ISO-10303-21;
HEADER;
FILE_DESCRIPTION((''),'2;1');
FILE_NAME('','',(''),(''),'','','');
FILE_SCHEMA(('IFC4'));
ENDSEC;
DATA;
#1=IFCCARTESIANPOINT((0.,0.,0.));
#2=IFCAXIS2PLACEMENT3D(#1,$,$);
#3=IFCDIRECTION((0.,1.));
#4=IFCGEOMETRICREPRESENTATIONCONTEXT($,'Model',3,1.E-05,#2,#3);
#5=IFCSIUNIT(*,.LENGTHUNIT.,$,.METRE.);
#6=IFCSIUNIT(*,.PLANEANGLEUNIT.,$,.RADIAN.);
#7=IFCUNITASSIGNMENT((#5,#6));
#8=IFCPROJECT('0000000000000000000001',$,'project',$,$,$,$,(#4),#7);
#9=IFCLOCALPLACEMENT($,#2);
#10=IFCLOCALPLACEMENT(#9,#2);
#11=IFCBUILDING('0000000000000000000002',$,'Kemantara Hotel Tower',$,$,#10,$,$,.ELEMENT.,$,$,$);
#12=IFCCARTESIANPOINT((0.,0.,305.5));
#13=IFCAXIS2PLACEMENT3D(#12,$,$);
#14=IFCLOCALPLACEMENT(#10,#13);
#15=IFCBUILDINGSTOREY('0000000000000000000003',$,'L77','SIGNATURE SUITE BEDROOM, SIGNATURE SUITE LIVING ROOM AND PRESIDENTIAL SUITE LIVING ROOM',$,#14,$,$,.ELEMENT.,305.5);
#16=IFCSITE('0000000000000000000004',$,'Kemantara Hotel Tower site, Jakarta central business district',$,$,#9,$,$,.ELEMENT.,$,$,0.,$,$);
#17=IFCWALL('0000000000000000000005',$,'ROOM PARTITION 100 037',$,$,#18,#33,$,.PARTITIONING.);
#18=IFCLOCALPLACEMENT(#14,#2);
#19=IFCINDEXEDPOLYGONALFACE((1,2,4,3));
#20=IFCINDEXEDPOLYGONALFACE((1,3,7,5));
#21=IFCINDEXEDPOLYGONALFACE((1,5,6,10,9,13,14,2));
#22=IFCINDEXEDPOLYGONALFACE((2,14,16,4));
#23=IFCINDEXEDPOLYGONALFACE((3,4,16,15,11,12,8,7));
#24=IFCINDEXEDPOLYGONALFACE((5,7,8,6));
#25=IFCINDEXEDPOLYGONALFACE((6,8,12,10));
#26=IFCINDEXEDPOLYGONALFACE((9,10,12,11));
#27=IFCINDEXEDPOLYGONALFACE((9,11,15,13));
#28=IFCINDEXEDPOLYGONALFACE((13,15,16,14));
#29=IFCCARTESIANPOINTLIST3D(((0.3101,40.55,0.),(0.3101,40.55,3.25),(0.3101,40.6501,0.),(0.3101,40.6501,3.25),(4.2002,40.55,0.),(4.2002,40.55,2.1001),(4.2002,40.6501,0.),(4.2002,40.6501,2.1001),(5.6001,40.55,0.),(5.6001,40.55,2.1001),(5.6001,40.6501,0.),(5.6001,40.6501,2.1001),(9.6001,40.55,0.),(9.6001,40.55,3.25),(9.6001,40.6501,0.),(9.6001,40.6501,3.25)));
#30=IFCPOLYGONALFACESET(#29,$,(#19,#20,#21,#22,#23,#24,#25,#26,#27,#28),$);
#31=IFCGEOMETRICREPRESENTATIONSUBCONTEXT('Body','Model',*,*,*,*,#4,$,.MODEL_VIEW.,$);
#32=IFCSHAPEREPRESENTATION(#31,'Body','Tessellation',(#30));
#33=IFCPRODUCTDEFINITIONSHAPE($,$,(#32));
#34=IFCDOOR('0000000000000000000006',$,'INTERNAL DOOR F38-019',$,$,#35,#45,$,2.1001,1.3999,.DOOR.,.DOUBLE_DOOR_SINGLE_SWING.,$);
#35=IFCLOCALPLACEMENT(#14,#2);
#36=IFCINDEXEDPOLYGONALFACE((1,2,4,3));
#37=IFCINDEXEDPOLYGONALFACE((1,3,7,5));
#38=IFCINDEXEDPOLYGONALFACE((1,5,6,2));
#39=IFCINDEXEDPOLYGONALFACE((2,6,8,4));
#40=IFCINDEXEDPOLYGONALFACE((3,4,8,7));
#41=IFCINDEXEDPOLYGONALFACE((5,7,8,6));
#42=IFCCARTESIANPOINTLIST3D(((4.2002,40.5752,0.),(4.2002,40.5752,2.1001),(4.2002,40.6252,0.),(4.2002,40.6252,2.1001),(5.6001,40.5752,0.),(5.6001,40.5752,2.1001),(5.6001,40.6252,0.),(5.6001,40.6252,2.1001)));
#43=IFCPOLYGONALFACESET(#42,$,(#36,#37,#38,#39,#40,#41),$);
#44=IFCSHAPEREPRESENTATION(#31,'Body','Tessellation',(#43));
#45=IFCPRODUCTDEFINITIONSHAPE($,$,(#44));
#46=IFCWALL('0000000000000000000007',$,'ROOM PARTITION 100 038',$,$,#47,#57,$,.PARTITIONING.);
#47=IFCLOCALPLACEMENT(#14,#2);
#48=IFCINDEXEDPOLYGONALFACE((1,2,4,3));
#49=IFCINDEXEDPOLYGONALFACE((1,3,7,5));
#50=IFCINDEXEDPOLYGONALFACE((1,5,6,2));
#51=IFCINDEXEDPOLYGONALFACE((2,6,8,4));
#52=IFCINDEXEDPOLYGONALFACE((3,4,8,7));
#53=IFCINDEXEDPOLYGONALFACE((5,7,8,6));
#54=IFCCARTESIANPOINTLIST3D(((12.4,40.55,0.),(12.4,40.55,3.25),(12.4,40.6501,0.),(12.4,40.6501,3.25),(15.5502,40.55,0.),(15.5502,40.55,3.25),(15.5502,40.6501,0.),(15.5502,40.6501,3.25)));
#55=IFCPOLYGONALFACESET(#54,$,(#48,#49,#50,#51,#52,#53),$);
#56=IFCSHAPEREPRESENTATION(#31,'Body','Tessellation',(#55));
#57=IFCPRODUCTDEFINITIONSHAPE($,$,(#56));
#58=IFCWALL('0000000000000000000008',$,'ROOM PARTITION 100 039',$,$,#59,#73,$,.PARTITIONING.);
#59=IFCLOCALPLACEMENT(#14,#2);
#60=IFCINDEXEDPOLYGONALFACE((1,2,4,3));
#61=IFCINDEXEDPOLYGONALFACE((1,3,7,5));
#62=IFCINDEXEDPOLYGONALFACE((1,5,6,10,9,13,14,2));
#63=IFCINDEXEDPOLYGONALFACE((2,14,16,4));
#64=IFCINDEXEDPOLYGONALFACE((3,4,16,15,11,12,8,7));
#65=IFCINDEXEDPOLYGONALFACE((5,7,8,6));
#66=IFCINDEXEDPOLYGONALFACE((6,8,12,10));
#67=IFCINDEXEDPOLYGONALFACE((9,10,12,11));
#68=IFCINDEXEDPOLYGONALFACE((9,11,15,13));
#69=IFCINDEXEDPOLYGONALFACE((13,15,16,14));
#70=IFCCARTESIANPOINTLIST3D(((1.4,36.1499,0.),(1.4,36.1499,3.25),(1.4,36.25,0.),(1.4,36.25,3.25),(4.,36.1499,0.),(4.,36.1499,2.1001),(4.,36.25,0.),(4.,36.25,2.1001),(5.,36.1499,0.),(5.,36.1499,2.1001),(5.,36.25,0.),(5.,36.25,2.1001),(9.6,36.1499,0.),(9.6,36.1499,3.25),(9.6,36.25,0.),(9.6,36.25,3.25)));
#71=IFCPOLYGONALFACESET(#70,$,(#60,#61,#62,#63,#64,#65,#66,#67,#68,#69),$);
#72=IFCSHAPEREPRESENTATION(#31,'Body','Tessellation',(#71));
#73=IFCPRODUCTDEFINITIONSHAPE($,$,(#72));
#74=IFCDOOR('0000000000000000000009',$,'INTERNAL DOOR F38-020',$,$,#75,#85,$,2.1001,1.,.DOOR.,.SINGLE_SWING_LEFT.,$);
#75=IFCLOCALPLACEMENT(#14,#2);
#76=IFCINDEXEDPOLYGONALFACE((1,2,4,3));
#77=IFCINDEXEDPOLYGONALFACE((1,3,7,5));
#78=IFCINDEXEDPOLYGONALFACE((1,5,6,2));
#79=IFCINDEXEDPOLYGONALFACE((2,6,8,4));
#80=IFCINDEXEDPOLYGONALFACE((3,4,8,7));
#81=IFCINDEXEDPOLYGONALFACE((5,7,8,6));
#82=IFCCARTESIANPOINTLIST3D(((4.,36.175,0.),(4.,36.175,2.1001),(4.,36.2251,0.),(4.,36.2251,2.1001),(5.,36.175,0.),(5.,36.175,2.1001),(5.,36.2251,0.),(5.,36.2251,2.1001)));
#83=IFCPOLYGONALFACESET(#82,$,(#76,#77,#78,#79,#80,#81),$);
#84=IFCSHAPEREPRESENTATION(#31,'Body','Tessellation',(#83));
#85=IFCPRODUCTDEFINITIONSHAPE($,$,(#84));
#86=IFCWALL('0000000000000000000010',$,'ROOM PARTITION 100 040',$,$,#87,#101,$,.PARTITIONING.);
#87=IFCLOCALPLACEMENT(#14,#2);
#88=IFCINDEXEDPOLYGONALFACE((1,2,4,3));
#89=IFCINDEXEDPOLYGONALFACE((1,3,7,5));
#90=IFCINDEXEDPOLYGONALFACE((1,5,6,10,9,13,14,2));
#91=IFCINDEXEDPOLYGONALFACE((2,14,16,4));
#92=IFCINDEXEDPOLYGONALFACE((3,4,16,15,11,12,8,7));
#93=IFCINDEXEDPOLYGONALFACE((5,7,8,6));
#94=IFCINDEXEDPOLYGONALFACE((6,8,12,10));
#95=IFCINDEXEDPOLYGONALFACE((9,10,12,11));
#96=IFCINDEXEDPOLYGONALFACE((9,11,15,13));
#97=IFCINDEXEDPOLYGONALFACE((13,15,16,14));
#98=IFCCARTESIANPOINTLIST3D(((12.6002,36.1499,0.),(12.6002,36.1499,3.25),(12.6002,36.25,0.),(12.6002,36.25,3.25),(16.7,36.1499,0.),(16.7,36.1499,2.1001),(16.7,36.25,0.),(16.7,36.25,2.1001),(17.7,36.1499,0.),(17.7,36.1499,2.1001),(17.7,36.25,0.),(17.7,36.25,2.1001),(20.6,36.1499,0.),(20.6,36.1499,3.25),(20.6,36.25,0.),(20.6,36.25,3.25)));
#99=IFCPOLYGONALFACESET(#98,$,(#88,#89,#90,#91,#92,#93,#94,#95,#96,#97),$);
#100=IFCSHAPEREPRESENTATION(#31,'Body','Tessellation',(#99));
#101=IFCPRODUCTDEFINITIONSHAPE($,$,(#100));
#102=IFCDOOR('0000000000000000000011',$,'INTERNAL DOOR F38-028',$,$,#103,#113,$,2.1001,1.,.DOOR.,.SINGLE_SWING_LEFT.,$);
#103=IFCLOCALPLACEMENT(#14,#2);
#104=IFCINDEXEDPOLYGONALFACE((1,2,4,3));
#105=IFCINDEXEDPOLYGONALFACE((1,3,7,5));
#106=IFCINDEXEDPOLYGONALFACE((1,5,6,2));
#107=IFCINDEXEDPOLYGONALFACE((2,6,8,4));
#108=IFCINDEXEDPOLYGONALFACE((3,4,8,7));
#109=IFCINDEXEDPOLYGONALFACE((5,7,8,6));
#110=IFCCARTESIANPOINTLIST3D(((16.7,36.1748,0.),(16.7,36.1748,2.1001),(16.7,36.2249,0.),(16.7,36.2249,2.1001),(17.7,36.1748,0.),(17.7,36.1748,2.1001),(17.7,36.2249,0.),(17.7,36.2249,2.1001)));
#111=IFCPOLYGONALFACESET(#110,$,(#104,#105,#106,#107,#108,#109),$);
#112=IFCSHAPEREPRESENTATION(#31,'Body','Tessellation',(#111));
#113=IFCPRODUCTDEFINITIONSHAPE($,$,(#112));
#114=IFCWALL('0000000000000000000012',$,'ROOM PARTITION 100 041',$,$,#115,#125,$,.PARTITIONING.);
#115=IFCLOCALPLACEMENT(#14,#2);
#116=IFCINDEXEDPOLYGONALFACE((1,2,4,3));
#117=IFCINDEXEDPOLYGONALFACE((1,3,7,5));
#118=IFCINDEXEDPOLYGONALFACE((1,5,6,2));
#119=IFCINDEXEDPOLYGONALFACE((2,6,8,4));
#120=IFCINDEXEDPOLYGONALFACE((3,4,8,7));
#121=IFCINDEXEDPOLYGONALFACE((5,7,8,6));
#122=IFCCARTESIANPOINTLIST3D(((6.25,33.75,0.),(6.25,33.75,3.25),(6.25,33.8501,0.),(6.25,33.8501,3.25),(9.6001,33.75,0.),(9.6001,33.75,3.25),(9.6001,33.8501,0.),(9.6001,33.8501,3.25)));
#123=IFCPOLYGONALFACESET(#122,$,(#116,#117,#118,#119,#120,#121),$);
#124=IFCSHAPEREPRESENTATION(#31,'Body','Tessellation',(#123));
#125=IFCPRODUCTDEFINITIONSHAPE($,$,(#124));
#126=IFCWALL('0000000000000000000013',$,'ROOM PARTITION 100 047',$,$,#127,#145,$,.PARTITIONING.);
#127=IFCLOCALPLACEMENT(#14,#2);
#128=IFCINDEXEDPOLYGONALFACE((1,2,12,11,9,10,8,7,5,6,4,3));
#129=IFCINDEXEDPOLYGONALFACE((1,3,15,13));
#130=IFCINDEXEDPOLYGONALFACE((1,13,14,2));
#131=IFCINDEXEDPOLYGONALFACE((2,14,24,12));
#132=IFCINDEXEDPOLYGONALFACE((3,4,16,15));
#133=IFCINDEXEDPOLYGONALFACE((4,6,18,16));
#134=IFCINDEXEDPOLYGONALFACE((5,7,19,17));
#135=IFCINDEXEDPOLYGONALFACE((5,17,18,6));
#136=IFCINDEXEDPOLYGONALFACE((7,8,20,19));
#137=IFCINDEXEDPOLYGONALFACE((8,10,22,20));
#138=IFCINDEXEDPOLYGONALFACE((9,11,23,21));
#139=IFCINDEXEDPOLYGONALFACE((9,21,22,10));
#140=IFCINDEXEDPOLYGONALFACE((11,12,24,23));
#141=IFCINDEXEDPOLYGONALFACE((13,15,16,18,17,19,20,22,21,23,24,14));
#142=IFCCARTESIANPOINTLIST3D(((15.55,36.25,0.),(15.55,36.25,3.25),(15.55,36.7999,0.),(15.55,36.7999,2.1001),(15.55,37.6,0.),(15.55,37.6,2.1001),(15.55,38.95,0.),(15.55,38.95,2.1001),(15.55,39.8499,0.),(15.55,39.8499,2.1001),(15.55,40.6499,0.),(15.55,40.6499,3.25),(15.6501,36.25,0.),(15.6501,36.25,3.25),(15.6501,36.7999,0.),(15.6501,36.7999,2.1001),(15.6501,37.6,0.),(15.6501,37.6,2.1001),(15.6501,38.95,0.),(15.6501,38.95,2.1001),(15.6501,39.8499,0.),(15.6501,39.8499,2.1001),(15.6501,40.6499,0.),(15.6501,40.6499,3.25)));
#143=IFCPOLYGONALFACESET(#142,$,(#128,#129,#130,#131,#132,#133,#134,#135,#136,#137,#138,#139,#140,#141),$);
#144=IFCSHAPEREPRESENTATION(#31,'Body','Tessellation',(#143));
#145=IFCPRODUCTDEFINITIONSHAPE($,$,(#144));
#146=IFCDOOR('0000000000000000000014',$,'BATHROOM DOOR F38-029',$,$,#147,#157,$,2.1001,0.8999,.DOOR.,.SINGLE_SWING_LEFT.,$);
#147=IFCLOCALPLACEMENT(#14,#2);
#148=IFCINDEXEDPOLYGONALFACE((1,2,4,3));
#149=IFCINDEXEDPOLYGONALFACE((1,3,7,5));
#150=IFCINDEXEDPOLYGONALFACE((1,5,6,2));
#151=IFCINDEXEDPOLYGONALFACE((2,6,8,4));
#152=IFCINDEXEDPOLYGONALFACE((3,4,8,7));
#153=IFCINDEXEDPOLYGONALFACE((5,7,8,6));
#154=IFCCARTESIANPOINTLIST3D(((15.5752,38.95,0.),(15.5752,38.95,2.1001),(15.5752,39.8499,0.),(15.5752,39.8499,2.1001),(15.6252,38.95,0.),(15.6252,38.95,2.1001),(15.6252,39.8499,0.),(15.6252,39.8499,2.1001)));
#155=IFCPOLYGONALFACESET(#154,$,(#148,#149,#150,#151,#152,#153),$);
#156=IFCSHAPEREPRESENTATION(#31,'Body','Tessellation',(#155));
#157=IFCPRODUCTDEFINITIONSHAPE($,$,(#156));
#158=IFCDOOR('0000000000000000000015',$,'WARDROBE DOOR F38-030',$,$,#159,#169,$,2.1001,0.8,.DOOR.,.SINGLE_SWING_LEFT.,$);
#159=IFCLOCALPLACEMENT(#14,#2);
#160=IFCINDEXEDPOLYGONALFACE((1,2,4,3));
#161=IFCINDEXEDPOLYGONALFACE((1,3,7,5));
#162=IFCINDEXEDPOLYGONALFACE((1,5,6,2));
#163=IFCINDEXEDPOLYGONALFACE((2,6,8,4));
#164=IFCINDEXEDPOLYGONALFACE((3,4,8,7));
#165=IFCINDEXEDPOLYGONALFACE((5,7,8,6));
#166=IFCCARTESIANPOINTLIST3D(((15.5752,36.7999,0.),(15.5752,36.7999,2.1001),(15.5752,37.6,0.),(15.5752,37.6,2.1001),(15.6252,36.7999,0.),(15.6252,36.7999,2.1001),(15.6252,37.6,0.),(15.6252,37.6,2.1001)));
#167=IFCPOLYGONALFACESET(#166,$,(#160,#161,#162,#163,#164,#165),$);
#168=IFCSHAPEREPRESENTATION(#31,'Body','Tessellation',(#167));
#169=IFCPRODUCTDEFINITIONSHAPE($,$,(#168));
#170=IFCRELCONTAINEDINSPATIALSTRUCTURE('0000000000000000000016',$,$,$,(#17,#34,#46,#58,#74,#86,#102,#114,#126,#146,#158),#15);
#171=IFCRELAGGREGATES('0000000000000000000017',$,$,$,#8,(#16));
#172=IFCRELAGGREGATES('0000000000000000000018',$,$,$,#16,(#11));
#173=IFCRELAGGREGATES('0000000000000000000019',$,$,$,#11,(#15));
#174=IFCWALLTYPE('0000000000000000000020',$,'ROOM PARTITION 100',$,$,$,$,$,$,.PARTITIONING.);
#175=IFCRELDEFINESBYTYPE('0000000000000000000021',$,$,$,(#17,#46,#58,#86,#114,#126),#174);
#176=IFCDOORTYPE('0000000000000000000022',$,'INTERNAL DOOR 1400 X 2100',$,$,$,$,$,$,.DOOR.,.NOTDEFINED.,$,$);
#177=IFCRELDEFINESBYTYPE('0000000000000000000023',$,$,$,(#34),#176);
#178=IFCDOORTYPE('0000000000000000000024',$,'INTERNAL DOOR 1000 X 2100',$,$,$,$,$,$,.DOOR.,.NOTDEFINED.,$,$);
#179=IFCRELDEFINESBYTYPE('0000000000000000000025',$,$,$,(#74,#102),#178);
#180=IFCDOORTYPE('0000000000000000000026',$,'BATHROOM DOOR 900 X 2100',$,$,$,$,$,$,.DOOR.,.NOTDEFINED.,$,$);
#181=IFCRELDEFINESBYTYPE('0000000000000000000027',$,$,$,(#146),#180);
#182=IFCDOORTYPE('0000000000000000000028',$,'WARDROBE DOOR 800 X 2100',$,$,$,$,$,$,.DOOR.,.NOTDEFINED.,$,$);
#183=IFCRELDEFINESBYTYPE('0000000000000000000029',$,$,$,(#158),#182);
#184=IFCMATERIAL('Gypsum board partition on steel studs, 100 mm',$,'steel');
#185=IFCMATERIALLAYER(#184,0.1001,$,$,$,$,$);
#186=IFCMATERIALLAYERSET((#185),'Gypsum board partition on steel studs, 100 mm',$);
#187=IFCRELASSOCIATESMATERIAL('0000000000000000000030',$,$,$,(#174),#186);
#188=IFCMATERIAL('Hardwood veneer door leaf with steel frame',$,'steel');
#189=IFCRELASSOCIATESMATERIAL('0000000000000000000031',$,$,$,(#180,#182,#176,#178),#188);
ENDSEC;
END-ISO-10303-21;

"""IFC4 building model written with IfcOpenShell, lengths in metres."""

from ifc_helpers import new_model, si_unit, direction, frame, frame_2d, origin, place, context, subcontext, project, spatial, rectangle, extrude, material, layer, layer_set, type_object, element, fill, save


model = new_model("IFC4")

# Units and contexts
model_context = context("Model", 3, precision=1e-05, world=origin(), true_north=direction((0.0, 1.0)))
body_context = subcontext(model_context, "Body", "Model", "MODEL_VIEW")
ifc_project = project(units=[si_unit("LENGTHUNIT", "METRE"), si_unit("PLANEANGLEUNIT", "RADIAN")], contexts=[model_context])

# Site, building, storey
site_placement = place(None, origin())
site = spatial("IfcSite", under=ifc_project, at=site_placement, Name="Kemantara Hotel Tower site, Jakarta central business district", CompositionType="ELEMENT", RefElevation=0.0)
building_placement = place(site_placement, origin())
building = spatial("IfcBuilding", under=site, at=building_placement, Name="Kemantara Hotel Tower", CompositionType="ELEMENT")
storey_placement = place(building_placement, frame((0.0, 0.0, 305.5)))
storey = spatial("IfcBuildingStorey", under=building, at=storey_placement, Name="L77", Description="SIGNATURE SUITE BEDROOM, SIGNATURE SUITE LIVING ROOM AND PRESIDENTIAL SUITE LIVING ROOM", CompositionType="ELEMENT", Elevation=305.5)

# Shared definitions
ifc_material_1 = material(Name="Hardwood veneer door leaf with steel frame", Category="steel")

# Shared definitions
ifc_material_2 = material(Name="Gypsum board partition on steel studs, 100 mm", Category="steel")
ifc_layer_1 = layer(ifc_material_2, 0.1001)
ifc_layer_set_1 = layer_set([ifc_layer_1], Name="Gypsum board partition on steel studs, 100 mm")
wall_type_1 = type_object("IfcWallType", Name="ROOM PARTITION 100", PredefinedType="PARTITIONING", material=ifc_layer_set_1)
door_type_1 = type_object("IfcDoorType", Name="BATHROOM DOOR 900 X 2100", OperationType="NOTDEFINED", PredefinedType="DOOR", material=ifc_material_1)
door_type_2 = type_object("IfcDoorType", Name="WARDROBE DOOR 800 X 2100", OperationType="NOTDEFINED", PredefinedType="DOOR", material=ifc_material_1)

# Wall, opening, door
wall_1_placement = place(storey_placement, frame((9.6001, 40.6001, 0.0), z_axis=(0.0, 0.0, 1.0), x_axis=(-1.0, 0.0, 0.0)))
wall_1 = element("IfcWall", 1, at=wall_1_placement, inside=storey, type_object=wall_type_1, Name="ROOM PARTITION 100 037", PredefinedType="PARTITIONING", context=body_context, shape_type="SweptSolid", body=[
    extrude(rectangle(XDim=9.29, YDim=0.1001, at=frame_2d((4.645, 0.0))), origin(), (0.0, 0.0, 1.0), 3.25),
])
opening_1_placement = place(wall_1_placement, frame((4.0, 0.0, 0.0)))
opening_1 = element("IfcOpeningElement", 2, at=opening_1_placement, cuts=wall_1, PredefinedType="OPENING", context=body_context, shape_type="SweptSolid", body=[
    extrude(rectangle(XDim=1.3999, YDim=2.1001, at=frame_2d((0.7, 1.05))), frame((0.0, 0.0601, 0.0), z_axis=(0.0, -1.0, 0.0), x_axis=(1.0, 0.0, 0.0)), (0.0, 0.0, 1.0), 0.1201),
])
door_type_3 = type_object("IfcDoorType", Name="INTERNAL DOOR 1400 X 2100", OperationType="NOTDEFINED", PredefinedType="DOOR", material=ifc_material_1)
door_1_placement = place(opening_1_placement, origin())
door_1 = element("IfcDoor", 3, at=door_1_placement, inside=storey, type_object=door_type_3, Name="INTERNAL DOOR F38-019", OperationType="DOUBLE_DOOR_SINGLE_SWING", OverallHeight=2.1001, OverallWidth=1.3999, PredefinedType="DOOR", context=body_context, shape_type="SweptSolid", body=[
    extrude(rectangle(XDim=1.3999, YDim=2.1001, at=frame_2d((0.7, 1.05))), frame((0.0, 0.0249, 0.0), z_axis=(0.0, -1.0, 0.0), x_axis=(1.0, 0.0, 0.0)), (0.0, 0.0, 1.0), 0.05),
])
fill(opening_1, door_1)

# Wall
wall_2_placement = place(storey_placement, frame((12.3999, 40.6001, 0.0), z_axis=(0.0, 0.0, 1.0), x_axis=(1.0, 0.0, 0.0)))
element("IfcWall", 4, at=wall_2_placement, inside=storey, type_object=wall_type_1, Name="ROOM PARTITION 100 038", PredefinedType="PARTITIONING", context=body_context, shape_type="SweptSolid", body=[
    extrude(rectangle(XDim=3.1501, YDim=0.1001, at=frame_2d((1.5752, 0.0))), origin(), (0.0, 0.0, 1.0), 3.25),
])

# Walls, openings, doors
wall_3_placement = place(storey_placement, frame((9.6001, 36.2, 0.0), z_axis=(0.0, 0.0, 1.0), x_axis=(-1.0, 0.0, 0.0)))
wall_3 = element("IfcWall", 5, at=wall_3_placement, inside=storey, type_object=wall_type_1, Name="ROOM PARTITION 100 039", PredefinedType="PARTITIONING", context=body_context, shape_type="SweptSolid", body=[
    extrude(rectangle(XDim=8.2, YDim=0.1001, at=frame_2d((4.1001, 0.0))), origin(), (0.0, 0.0, 1.0), 3.25),
])
opening_2_placement = place(wall_3_placement, frame((4.6001, 0.0, 0.0)))
opening_2 = element("IfcOpeningElement", 6, at=opening_2_placement, cuts=wall_3, PredefinedType="OPENING", context=body_context, shape_type="SweptSolid", body=[
    extrude(rectangle(XDim=1.0, YDim=2.1001, at=frame_2d((0.5, 1.05))), frame((0.0, 0.0601, 0.0), z_axis=(0.0, -1.0, 0.0), x_axis=(1.0, 0.0, 0.0)), (0.0, 0.0, 1.0), 0.1201),
])
door_type_4 = type_object("IfcDoorType", Name="INTERNAL DOOR 1000 X 2100", OperationType="NOTDEFINED", PredefinedType="DOOR", material=ifc_material_1)
door_2_placement = place(opening_2_placement, origin())
door_2 = element("IfcDoor", 7, at=door_2_placement, inside=storey, type_object=door_type_4, Name="INTERNAL DOOR F38-020", OperationType="SINGLE_SWING_LEFT", OverallHeight=2.1001, OverallWidth=1.0, PredefinedType="DOOR", context=body_context, shape_type="SweptSolid", body=[
    extrude(rectangle(XDim=1.0, YDim=2.1001, at=frame_2d((0.5, 1.05))), frame((0.0, 0.0249, 0.0), z_axis=(0.0, -1.0, 0.0), x_axis=(1.0, 0.0, 0.0)), (0.0, 0.0, 1.0), 0.05),
])
fill(opening_2, door_2)
wall_4_placement = place(storey_placement, frame((12.6001, 36.2, 0.0), z_axis=(0.0, 0.0, 1.0), x_axis=(1.0, 0.0, 0.0)))
wall_4 = element("IfcWall", 8, at=wall_4_placement, inside=storey, type_object=wall_type_1, Name="ROOM PARTITION 100 040", PredefinedType="PARTITIONING", context=body_context, shape_type="SweptSolid", body=[
    extrude(rectangle(XDim=7.9998, YDim=0.1001, at=frame_2d((4.0, 0.0))), origin(), (0.0, 0.0, 1.0), 3.25),
])
opening_3_placement = place(wall_4_placement, frame((4.0999, 0.0, 0.0)))
opening_3 = element("IfcOpeningElement", 9, at=opening_3_placement, cuts=wall_4, PredefinedType="OPENING", context=body_context, shape_type="SweptSolid", body=[
    extrude(rectangle(XDim=1.0, YDim=2.1001, at=frame_2d((0.5, 1.05))), frame((0.0, 0.0601, 0.0), z_axis=(0.0, -1.0, 0.0), x_axis=(1.0, 0.0, 0.0)), (0.0, 0.0, 1.0), 0.1201),
])
door_3_placement = place(opening_3_placement, origin())
door_3 = element("IfcDoor", 10, at=door_3_placement, inside=storey, type_object=door_type_4, Name="INTERNAL DOOR F38-028", OperationType="SINGLE_SWING_LEFT", OverallHeight=2.1001, OverallWidth=1.0, PredefinedType="DOOR", context=body_context, shape_type="SweptSolid", body=[
    extrude(rectangle(XDim=1.0, YDim=2.1001, at=frame_2d((0.5, 1.05))), frame((0.0, 0.0249, 0.0), z_axis=(0.0, -1.0, 0.0), x_axis=(1.0, 0.0, 0.0)), (0.0, 0.0, 1.0), 0.05),
])
fill(opening_3, door_3)

# Wall
wall_5_placement = place(storey_placement, frame((6.25, 33.8, 0.0), z_axis=(0.0, 0.0, 1.0), x_axis=(1.0, 0.0, 0.0)))
element("IfcWall", 11, at=wall_5_placement, inside=storey, type_object=wall_type_1, Name="ROOM PARTITION 100 041", PredefinedType="PARTITIONING", context=body_context, shape_type="SweptSolid", body=[
    extrude(rectangle(XDim=3.3501, YDim=0.1001, at=frame_2d((1.675, 0.0))), origin(), (0.0, 0.0, 1.0), 3.25),
])

# Wall, openings, doors
wall_6_placement = place(storey_placement, frame((15.6001, 36.25, 0.0), z_axis=(0.0, 0.0, 1.0), x_axis=(0.0, 1.0, 0.0)))
wall_6 = element("IfcWall", 12, at=wall_6_placement, inside=storey, type_object=wall_type_1, Name="ROOM PARTITION 100 047", PredefinedType="PARTITIONING", context=body_context, shape_type="SweptSolid", body=[
    extrude(rectangle(XDim=4.3999, YDim=0.1001, at=frame_2d((2.2, 0.0))), origin(), (0.0, 0.0, 1.0), 3.25),
])
opening_4_placement = place(wall_6_placement, frame((2.7, 0.0, 0.0)))
opening_4 = element("IfcOpeningElement", 13, at=opening_4_placement, cuts=wall_6, PredefinedType="OPENING", context=body_context, shape_type="SweptSolid", body=[
    extrude(rectangle(XDim=0.8999, YDim=2.1001, at=frame_2d((0.45, 1.05))), frame((0.0, 0.0601, 0.0), z_axis=(0.0, -1.0, 0.0), x_axis=(1.0, 0.0, 0.0)), (0.0, 0.0, 1.0), 0.1201),
])
opening_5_placement = place(wall_6_placement, frame((0.55, 0.0, 0.0)))
opening_5 = element("IfcOpeningElement", 14, at=opening_5_placement, cuts=wall_6, PredefinedType="OPENING", context=body_context, shape_type="SweptSolid", body=[
    extrude(rectangle(XDim=0.8, YDim=2.1001, at=frame_2d((0.3999, 1.05))), frame((0.0, 0.0601, 0.0), z_axis=(0.0, -1.0, 0.0), x_axis=(1.0, 0.0, 0.0)), (0.0, 0.0, 1.0), 0.1201),
])
door_4_placement = place(opening_4_placement, origin())
door_4 = element("IfcDoor", 15, at=door_4_placement, inside=storey, type_object=door_type_1, Name="BATHROOM DOOR F38-029", OperationType="SINGLE_SWING_LEFT", OverallHeight=2.1001, OverallWidth=0.8999, PredefinedType="DOOR", context=body_context, shape_type="SweptSolid", body=[
    extrude(rectangle(XDim=0.8999, YDim=2.1001, at=frame_2d((0.45, 1.05))), frame((0.0, 0.0249, 0.0), z_axis=(0.0, -1.0, 0.0), x_axis=(1.0, 0.0, 0.0)), (0.0, 0.0, 1.0), 0.05),
])
fill(opening_4, door_4)
door_5_placement = place(opening_5_placement, origin())
door_5 = element("IfcDoor", 16, at=door_5_placement, inside=storey, type_object=door_type_2, Name="WARDROBE DOOR F38-030", OperationType="SINGLE_SWING_LEFT", OverallHeight=2.1001, OverallWidth=0.8, PredefinedType="DOOR", context=body_context, shape_type="SweptSolid", body=[
    extrude(rectangle(XDim=0.8, YDim=2.1001, at=frame_2d((0.3999, 1.05))), frame((0.0, 0.0249, 0.0), z_axis=(0.0, -1.0, 0.0), x_axis=(1.0, 0.0, 0.0)), (0.0, 0.0, 1.0), 0.05),
])
fill(opening_5, door_5)

save(model, "model.ifc")
